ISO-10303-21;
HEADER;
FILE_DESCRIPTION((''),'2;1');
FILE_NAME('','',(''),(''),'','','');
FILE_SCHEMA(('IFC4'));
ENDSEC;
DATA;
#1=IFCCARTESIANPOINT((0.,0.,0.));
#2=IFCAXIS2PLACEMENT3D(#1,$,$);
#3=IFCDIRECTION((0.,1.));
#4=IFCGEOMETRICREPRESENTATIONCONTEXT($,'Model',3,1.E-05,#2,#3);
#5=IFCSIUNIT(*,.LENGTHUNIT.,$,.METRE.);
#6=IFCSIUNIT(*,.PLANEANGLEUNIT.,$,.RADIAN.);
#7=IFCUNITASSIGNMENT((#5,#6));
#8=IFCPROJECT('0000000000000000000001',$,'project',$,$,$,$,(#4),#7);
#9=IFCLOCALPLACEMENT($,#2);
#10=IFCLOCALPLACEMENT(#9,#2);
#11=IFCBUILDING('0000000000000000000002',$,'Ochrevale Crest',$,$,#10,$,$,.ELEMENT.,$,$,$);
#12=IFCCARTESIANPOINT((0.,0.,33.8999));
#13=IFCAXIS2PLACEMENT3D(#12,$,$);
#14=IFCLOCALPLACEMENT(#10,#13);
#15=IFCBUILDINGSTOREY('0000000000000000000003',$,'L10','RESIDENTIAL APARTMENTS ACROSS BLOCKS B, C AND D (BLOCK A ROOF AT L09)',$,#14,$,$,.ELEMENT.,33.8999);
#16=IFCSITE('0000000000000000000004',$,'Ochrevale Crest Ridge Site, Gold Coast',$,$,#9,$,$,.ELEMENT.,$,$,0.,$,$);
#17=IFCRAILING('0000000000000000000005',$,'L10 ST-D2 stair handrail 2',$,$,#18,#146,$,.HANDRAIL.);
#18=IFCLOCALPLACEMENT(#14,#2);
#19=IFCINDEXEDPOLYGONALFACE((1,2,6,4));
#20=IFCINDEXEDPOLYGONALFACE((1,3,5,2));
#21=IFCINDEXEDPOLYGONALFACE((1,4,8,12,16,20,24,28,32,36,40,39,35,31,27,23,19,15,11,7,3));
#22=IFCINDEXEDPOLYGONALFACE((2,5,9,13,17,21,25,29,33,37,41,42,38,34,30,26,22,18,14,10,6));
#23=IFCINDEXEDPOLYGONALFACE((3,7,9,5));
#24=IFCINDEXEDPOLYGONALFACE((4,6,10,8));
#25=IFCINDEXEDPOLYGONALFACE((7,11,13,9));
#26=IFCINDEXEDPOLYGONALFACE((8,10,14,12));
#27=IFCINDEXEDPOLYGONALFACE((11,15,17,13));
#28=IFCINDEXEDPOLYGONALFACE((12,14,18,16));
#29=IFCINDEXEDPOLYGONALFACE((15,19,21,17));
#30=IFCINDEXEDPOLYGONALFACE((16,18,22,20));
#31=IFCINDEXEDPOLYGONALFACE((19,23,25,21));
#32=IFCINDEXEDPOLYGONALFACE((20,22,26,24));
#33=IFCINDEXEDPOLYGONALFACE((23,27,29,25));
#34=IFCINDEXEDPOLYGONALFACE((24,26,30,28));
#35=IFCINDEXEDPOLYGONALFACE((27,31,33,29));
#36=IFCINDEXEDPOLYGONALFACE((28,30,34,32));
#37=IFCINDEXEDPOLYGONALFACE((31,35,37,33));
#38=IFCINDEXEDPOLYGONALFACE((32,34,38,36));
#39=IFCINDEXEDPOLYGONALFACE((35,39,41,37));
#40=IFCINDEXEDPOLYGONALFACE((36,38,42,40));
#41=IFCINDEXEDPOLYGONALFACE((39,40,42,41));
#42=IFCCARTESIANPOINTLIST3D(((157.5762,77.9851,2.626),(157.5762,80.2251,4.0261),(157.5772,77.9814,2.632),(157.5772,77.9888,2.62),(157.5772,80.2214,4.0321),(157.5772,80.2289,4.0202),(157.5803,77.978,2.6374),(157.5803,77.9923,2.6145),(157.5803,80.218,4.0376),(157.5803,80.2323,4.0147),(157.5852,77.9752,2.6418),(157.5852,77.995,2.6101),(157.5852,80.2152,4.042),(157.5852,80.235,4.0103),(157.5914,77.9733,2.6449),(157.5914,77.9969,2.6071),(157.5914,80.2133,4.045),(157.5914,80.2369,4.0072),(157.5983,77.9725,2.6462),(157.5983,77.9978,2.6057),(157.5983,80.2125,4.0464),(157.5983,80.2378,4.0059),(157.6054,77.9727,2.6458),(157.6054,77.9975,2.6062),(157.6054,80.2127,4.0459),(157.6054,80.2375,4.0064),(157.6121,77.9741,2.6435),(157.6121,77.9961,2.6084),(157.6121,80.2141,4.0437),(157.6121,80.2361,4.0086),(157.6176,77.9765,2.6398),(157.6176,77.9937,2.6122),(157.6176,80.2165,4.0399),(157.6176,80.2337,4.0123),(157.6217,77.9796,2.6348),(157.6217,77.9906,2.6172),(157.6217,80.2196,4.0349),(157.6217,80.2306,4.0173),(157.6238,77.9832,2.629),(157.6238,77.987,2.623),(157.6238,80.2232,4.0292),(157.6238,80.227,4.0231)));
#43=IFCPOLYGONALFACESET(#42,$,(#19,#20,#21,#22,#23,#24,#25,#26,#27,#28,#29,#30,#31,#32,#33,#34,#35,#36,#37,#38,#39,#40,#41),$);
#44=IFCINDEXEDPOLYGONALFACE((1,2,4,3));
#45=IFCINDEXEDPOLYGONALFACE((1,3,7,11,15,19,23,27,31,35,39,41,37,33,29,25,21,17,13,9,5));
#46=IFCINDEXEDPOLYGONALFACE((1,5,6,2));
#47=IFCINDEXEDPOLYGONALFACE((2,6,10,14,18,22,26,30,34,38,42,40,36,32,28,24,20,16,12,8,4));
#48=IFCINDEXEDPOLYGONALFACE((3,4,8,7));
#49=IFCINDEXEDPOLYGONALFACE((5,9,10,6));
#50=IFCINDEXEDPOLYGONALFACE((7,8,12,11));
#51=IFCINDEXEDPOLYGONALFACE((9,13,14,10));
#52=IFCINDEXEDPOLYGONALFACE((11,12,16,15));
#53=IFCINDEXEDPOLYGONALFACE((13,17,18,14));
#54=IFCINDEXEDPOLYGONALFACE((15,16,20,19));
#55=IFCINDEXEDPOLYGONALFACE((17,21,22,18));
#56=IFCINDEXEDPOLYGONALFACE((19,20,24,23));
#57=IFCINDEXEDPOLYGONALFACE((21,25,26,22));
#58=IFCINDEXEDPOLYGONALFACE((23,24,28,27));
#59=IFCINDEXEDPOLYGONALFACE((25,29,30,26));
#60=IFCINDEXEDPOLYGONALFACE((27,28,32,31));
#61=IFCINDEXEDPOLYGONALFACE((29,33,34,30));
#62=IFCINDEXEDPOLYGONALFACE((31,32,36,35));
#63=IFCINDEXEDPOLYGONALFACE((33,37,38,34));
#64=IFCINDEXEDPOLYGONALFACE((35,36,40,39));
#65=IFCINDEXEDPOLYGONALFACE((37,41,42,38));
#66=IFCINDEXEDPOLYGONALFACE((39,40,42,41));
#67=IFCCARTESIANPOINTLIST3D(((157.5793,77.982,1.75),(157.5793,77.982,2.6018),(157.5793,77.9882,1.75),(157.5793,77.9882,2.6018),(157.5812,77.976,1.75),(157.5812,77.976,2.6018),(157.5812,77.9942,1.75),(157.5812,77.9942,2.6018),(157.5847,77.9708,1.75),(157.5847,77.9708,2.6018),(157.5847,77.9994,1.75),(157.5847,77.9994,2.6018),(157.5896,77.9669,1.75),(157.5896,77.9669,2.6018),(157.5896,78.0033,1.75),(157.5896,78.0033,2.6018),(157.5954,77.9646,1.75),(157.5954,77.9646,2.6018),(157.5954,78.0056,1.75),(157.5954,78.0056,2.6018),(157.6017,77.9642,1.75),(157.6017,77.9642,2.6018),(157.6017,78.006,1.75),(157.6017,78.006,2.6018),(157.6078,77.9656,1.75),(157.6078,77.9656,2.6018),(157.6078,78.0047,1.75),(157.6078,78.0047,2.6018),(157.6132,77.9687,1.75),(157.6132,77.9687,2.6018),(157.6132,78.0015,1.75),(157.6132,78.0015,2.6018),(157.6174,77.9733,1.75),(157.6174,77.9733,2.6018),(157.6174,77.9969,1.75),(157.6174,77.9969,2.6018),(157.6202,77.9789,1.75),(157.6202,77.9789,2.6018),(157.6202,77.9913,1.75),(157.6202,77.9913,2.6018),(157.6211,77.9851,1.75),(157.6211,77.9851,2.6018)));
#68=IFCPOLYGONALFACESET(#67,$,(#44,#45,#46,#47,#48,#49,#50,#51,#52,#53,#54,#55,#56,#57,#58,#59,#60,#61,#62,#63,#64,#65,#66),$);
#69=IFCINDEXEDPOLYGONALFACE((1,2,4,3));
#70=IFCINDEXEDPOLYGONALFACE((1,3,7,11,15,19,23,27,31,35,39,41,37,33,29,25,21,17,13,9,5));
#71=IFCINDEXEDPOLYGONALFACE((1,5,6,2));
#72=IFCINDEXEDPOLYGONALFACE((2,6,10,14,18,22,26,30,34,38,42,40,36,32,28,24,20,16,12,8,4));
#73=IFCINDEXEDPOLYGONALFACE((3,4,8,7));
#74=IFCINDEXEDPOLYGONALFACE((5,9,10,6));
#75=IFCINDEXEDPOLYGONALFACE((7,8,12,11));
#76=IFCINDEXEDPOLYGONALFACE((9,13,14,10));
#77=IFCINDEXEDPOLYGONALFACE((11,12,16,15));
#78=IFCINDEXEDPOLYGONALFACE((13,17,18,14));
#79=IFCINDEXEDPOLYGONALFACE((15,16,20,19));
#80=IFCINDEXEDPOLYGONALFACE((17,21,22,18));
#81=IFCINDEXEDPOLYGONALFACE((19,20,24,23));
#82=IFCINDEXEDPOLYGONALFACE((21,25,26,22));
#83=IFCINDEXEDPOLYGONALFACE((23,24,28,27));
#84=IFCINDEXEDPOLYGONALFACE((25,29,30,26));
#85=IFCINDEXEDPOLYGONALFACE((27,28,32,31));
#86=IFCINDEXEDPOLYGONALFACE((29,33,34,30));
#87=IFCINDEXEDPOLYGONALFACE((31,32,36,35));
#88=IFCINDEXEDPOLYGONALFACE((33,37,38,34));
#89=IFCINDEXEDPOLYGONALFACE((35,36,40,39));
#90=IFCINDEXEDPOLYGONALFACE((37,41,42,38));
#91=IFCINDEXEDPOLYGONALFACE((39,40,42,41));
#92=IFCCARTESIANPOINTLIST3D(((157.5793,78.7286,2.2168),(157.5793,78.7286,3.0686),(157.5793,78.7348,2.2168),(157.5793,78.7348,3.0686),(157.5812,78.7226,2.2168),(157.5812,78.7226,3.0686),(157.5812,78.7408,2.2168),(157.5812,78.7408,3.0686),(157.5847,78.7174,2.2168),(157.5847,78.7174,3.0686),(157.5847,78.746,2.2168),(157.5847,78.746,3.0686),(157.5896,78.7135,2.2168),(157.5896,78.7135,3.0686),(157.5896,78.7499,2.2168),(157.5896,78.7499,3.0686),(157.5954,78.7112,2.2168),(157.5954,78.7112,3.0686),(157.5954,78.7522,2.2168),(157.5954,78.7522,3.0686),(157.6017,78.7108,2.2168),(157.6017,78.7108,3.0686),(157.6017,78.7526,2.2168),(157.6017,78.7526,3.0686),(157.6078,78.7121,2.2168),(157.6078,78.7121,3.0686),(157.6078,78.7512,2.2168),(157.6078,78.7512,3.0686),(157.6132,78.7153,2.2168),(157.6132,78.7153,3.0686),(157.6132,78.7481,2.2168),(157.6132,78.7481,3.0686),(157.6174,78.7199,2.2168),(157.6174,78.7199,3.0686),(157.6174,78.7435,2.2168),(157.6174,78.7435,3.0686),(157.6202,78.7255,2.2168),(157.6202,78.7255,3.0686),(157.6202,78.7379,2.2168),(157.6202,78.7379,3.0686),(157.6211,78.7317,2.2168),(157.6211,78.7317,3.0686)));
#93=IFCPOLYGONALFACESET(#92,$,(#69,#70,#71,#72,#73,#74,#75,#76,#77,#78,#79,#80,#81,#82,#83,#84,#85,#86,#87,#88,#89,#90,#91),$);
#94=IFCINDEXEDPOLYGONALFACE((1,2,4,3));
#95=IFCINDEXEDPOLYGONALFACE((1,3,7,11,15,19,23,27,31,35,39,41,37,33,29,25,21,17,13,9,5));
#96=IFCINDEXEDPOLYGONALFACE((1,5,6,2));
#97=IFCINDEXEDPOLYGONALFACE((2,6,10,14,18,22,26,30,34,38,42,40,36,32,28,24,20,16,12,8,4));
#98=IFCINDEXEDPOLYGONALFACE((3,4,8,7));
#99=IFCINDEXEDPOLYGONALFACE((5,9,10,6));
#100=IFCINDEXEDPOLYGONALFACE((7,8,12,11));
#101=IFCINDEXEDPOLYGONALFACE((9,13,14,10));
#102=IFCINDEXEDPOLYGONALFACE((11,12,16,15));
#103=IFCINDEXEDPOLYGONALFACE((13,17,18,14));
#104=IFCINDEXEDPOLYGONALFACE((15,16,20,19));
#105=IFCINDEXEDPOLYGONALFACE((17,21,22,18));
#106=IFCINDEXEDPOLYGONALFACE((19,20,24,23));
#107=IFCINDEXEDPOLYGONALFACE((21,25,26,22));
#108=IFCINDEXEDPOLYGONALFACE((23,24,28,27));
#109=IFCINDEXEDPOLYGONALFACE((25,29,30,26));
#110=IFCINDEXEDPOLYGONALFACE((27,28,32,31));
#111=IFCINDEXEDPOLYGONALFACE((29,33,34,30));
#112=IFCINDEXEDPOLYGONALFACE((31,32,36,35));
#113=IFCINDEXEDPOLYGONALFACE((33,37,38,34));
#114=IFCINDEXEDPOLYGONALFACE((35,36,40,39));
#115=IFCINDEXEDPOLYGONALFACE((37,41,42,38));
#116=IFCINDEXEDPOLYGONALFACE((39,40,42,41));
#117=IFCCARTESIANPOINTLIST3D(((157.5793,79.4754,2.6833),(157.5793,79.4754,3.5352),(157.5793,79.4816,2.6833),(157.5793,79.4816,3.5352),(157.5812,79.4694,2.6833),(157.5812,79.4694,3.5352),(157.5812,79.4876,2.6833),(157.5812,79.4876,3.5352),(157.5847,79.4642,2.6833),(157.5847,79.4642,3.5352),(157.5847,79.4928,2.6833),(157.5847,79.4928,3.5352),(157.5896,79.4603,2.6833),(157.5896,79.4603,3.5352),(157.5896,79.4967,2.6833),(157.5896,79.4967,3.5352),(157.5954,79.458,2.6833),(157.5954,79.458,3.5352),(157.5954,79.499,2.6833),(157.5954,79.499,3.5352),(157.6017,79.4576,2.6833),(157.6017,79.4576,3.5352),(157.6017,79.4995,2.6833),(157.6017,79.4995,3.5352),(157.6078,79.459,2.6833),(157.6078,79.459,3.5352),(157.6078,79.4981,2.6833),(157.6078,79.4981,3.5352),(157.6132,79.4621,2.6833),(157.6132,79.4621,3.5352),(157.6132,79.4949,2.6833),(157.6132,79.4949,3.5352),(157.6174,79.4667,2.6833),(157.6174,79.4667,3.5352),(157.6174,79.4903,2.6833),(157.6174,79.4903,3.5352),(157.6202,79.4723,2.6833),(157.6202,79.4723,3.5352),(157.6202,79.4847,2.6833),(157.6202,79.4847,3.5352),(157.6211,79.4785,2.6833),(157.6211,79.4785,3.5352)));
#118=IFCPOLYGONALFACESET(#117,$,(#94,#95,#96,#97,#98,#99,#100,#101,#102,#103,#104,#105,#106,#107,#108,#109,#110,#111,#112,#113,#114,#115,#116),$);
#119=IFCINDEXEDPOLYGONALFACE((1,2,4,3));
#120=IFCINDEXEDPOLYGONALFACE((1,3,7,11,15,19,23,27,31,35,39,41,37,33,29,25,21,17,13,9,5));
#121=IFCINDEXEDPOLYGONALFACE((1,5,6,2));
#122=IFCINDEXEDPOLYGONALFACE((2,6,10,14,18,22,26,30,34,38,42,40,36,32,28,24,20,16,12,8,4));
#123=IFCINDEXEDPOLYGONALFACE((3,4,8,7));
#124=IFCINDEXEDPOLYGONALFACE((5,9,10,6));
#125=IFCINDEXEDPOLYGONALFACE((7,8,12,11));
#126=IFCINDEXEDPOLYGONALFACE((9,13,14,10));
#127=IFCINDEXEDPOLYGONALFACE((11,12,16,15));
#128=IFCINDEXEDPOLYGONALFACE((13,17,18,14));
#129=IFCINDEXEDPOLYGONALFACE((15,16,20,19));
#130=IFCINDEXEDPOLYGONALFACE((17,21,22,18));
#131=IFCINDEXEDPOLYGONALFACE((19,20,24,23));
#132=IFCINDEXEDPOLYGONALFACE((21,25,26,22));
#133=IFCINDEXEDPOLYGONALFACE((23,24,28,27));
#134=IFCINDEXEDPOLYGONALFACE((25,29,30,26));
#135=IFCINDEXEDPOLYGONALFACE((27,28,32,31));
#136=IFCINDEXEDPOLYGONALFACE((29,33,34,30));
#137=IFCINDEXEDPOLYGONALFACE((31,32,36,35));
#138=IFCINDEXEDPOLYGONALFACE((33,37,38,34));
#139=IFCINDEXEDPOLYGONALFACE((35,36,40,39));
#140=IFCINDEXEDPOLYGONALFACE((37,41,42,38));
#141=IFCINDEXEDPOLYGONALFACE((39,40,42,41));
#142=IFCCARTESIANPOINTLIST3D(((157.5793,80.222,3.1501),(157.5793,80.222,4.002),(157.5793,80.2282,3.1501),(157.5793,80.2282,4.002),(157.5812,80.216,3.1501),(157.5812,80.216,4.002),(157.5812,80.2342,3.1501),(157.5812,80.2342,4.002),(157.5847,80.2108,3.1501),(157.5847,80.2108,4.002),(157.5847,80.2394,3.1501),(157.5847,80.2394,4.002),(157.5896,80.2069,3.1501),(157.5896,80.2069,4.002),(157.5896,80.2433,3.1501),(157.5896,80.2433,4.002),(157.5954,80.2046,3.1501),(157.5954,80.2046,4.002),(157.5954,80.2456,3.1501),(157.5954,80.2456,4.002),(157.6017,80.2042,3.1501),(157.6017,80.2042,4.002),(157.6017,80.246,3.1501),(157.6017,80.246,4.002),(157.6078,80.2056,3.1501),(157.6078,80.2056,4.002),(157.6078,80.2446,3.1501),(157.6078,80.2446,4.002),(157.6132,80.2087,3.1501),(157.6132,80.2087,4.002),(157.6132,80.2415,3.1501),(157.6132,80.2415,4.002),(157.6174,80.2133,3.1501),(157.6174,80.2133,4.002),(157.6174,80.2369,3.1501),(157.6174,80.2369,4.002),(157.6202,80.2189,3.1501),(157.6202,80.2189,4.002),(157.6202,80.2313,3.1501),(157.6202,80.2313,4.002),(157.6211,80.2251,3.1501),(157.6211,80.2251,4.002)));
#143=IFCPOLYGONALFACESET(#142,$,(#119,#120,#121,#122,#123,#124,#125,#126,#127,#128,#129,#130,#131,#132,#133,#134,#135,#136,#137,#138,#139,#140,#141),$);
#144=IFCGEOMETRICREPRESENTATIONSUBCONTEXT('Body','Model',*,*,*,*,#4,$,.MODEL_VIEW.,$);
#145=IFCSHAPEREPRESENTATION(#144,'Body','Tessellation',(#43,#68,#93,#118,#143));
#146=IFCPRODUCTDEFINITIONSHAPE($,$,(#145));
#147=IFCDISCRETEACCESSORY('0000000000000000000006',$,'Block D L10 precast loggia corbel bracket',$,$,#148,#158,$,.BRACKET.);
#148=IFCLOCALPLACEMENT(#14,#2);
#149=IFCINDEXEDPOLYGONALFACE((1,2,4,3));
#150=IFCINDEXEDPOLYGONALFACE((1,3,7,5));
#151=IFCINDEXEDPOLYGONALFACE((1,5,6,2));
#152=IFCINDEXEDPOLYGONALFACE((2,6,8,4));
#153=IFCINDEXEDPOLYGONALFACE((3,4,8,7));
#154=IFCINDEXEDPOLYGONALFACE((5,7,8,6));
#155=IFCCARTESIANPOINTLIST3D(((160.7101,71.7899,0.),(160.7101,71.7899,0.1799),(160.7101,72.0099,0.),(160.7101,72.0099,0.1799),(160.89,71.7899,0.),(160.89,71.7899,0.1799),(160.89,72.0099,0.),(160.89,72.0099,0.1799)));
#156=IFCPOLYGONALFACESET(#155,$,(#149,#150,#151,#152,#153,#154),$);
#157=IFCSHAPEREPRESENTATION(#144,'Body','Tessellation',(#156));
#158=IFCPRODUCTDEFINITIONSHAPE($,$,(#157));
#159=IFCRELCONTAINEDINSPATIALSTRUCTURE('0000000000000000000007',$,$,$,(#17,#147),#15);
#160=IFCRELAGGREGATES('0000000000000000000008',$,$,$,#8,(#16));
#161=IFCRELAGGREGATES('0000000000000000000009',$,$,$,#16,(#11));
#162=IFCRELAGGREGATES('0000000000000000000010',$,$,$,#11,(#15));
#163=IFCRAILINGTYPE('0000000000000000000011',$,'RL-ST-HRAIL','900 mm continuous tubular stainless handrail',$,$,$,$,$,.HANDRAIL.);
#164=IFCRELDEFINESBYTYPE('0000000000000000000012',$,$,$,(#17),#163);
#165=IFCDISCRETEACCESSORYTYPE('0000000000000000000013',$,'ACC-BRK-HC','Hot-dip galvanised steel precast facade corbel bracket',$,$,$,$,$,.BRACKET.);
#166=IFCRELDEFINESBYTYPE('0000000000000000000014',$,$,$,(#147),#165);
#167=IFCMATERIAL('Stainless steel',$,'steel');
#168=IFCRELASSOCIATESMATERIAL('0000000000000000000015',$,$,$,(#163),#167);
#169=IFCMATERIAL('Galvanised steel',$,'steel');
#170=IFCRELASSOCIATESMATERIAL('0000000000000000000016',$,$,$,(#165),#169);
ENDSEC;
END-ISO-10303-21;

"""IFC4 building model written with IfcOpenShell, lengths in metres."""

from ifc_helpers import new_model, si_unit, direction, frame, origin, origin_2d, place, context, subcontext, project, spatial, rectangle, circle, extrude, material, type_object, element, save


model = new_model("IFC4")

# Units and contexts
model_context = context("Model", 3, precision=1e-05, world=origin(), true_north=direction((0.0, 1.0)))
body_context = subcontext(model_context, "Body", "Model", "MODEL_VIEW")
ifc_project = project(units=[si_unit("LENGTHUNIT", "METRE"), si_unit("PLANEANGLEUNIT", "RADIAN")], contexts=[model_context])

# Site, building, storey
site_placement = place(None, origin())
site = spatial("IfcSite", under=ifc_project, at=site_placement, Name="Ochrevale Crest Ridge Site, Gold Coast", CompositionType="ELEMENT", RefElevation=0.0)
building_placement = place(site_placement, origin())
building = spatial("IfcBuilding", under=site, at=building_placement, Name="Ochrevale Crest", CompositionType="ELEMENT")
storey_placement = place(building_placement, frame((0.0, 0.0, 33.8999)))
storey = spatial("IfcBuildingStorey", under=building, at=storey_placement, Name="L10", Description="RESIDENTIAL APARTMENTS ACROSS BLOCKS B, C AND D (BLOCK A ROOF AT L09)", CompositionType="ELEMENT", Elevation=33.8999)

# Railing
ifc_material_1 = material(Name="Galvanised steel", Category="steel")
ifc_material_2 = material(Name="Stainless steel", Category="steel")
railing_type_1 = type_object("IfcRailingType", Name="RL-ST-HRAIL", Description="900 mm continuous tubular stainless handrail", PredefinedType="HANDRAIL", material=ifc_material_2)
railing_1_placement = place(storey_placement, frame((157.6001, 77.9851, 1.75)))
element("IfcRailing", 1, at=railing_1_placement, inside=storey, type_object=railing_type_1, Name="L10 ST-D2 stair handrail 2", PredefinedType="HANDRAIL", context=body_context, shape_type="SweptSolid", body=[
    extrude(circle(Radius=0.0239, at=origin_2d()), frame((0.0, 0.0, 0.876), z_axis=(0.0, 0.847972, 0.53004), x_axis=(-1.0, 0.0, 0.0)), (0.0, 0.0, 1.0), 2.6416),
    extrude(circle(Radius=0.021, at=origin_2d()), origin(), (0.0, 0.0, 1.0), 0.8518),
    extrude(circle(Radius=0.021, at=origin_2d()), frame((0.0, 0.7466, 0.4668)), (0.0, 0.0, 1.0), 0.8518),
    extrude(circle(Radius=0.021, at=origin_2d()), frame((0.0, 1.4934, 0.9333)), (0.0, 0.0, 1.0), 0.8518),
    extrude(circle(Radius=0.021, at=origin_2d()), frame((0.0, 2.24, 1.4001)), (0.0, 0.0, 1.0), 0.8518),
])

# Discrete accessory
discrete_accessory_type = type_object("IfcDiscreteAccessoryType", Name="ACC-BRK-HC", Description="Hot-dip galvanised steel precast facade corbel bracket", PredefinedType="BRACKET", material=ifc_material_1)
discrete_accessory_placement = place(storey_placement, frame((160.8, 71.8999, 0.0), z_axis=(0.0, 0.0, 1.0), x_axis=(1.0, 0.0, 0.0)))
element("IfcDiscreteAccessory", 2, at=discrete_accessory_placement, inside=storey, type_object=discrete_accessory_type, Name="Block D L10 precast loggia corbel bracket", PredefinedType="BRACKET", context=body_context, shape_type="SweptSolid", body=[
    extrude(rectangle(XDim=0.1799, YDim=0.22, at=origin_2d()), origin(), (0.0, 0.0, 1.0), 0.1799),
])

save(model, "model.ifc")
